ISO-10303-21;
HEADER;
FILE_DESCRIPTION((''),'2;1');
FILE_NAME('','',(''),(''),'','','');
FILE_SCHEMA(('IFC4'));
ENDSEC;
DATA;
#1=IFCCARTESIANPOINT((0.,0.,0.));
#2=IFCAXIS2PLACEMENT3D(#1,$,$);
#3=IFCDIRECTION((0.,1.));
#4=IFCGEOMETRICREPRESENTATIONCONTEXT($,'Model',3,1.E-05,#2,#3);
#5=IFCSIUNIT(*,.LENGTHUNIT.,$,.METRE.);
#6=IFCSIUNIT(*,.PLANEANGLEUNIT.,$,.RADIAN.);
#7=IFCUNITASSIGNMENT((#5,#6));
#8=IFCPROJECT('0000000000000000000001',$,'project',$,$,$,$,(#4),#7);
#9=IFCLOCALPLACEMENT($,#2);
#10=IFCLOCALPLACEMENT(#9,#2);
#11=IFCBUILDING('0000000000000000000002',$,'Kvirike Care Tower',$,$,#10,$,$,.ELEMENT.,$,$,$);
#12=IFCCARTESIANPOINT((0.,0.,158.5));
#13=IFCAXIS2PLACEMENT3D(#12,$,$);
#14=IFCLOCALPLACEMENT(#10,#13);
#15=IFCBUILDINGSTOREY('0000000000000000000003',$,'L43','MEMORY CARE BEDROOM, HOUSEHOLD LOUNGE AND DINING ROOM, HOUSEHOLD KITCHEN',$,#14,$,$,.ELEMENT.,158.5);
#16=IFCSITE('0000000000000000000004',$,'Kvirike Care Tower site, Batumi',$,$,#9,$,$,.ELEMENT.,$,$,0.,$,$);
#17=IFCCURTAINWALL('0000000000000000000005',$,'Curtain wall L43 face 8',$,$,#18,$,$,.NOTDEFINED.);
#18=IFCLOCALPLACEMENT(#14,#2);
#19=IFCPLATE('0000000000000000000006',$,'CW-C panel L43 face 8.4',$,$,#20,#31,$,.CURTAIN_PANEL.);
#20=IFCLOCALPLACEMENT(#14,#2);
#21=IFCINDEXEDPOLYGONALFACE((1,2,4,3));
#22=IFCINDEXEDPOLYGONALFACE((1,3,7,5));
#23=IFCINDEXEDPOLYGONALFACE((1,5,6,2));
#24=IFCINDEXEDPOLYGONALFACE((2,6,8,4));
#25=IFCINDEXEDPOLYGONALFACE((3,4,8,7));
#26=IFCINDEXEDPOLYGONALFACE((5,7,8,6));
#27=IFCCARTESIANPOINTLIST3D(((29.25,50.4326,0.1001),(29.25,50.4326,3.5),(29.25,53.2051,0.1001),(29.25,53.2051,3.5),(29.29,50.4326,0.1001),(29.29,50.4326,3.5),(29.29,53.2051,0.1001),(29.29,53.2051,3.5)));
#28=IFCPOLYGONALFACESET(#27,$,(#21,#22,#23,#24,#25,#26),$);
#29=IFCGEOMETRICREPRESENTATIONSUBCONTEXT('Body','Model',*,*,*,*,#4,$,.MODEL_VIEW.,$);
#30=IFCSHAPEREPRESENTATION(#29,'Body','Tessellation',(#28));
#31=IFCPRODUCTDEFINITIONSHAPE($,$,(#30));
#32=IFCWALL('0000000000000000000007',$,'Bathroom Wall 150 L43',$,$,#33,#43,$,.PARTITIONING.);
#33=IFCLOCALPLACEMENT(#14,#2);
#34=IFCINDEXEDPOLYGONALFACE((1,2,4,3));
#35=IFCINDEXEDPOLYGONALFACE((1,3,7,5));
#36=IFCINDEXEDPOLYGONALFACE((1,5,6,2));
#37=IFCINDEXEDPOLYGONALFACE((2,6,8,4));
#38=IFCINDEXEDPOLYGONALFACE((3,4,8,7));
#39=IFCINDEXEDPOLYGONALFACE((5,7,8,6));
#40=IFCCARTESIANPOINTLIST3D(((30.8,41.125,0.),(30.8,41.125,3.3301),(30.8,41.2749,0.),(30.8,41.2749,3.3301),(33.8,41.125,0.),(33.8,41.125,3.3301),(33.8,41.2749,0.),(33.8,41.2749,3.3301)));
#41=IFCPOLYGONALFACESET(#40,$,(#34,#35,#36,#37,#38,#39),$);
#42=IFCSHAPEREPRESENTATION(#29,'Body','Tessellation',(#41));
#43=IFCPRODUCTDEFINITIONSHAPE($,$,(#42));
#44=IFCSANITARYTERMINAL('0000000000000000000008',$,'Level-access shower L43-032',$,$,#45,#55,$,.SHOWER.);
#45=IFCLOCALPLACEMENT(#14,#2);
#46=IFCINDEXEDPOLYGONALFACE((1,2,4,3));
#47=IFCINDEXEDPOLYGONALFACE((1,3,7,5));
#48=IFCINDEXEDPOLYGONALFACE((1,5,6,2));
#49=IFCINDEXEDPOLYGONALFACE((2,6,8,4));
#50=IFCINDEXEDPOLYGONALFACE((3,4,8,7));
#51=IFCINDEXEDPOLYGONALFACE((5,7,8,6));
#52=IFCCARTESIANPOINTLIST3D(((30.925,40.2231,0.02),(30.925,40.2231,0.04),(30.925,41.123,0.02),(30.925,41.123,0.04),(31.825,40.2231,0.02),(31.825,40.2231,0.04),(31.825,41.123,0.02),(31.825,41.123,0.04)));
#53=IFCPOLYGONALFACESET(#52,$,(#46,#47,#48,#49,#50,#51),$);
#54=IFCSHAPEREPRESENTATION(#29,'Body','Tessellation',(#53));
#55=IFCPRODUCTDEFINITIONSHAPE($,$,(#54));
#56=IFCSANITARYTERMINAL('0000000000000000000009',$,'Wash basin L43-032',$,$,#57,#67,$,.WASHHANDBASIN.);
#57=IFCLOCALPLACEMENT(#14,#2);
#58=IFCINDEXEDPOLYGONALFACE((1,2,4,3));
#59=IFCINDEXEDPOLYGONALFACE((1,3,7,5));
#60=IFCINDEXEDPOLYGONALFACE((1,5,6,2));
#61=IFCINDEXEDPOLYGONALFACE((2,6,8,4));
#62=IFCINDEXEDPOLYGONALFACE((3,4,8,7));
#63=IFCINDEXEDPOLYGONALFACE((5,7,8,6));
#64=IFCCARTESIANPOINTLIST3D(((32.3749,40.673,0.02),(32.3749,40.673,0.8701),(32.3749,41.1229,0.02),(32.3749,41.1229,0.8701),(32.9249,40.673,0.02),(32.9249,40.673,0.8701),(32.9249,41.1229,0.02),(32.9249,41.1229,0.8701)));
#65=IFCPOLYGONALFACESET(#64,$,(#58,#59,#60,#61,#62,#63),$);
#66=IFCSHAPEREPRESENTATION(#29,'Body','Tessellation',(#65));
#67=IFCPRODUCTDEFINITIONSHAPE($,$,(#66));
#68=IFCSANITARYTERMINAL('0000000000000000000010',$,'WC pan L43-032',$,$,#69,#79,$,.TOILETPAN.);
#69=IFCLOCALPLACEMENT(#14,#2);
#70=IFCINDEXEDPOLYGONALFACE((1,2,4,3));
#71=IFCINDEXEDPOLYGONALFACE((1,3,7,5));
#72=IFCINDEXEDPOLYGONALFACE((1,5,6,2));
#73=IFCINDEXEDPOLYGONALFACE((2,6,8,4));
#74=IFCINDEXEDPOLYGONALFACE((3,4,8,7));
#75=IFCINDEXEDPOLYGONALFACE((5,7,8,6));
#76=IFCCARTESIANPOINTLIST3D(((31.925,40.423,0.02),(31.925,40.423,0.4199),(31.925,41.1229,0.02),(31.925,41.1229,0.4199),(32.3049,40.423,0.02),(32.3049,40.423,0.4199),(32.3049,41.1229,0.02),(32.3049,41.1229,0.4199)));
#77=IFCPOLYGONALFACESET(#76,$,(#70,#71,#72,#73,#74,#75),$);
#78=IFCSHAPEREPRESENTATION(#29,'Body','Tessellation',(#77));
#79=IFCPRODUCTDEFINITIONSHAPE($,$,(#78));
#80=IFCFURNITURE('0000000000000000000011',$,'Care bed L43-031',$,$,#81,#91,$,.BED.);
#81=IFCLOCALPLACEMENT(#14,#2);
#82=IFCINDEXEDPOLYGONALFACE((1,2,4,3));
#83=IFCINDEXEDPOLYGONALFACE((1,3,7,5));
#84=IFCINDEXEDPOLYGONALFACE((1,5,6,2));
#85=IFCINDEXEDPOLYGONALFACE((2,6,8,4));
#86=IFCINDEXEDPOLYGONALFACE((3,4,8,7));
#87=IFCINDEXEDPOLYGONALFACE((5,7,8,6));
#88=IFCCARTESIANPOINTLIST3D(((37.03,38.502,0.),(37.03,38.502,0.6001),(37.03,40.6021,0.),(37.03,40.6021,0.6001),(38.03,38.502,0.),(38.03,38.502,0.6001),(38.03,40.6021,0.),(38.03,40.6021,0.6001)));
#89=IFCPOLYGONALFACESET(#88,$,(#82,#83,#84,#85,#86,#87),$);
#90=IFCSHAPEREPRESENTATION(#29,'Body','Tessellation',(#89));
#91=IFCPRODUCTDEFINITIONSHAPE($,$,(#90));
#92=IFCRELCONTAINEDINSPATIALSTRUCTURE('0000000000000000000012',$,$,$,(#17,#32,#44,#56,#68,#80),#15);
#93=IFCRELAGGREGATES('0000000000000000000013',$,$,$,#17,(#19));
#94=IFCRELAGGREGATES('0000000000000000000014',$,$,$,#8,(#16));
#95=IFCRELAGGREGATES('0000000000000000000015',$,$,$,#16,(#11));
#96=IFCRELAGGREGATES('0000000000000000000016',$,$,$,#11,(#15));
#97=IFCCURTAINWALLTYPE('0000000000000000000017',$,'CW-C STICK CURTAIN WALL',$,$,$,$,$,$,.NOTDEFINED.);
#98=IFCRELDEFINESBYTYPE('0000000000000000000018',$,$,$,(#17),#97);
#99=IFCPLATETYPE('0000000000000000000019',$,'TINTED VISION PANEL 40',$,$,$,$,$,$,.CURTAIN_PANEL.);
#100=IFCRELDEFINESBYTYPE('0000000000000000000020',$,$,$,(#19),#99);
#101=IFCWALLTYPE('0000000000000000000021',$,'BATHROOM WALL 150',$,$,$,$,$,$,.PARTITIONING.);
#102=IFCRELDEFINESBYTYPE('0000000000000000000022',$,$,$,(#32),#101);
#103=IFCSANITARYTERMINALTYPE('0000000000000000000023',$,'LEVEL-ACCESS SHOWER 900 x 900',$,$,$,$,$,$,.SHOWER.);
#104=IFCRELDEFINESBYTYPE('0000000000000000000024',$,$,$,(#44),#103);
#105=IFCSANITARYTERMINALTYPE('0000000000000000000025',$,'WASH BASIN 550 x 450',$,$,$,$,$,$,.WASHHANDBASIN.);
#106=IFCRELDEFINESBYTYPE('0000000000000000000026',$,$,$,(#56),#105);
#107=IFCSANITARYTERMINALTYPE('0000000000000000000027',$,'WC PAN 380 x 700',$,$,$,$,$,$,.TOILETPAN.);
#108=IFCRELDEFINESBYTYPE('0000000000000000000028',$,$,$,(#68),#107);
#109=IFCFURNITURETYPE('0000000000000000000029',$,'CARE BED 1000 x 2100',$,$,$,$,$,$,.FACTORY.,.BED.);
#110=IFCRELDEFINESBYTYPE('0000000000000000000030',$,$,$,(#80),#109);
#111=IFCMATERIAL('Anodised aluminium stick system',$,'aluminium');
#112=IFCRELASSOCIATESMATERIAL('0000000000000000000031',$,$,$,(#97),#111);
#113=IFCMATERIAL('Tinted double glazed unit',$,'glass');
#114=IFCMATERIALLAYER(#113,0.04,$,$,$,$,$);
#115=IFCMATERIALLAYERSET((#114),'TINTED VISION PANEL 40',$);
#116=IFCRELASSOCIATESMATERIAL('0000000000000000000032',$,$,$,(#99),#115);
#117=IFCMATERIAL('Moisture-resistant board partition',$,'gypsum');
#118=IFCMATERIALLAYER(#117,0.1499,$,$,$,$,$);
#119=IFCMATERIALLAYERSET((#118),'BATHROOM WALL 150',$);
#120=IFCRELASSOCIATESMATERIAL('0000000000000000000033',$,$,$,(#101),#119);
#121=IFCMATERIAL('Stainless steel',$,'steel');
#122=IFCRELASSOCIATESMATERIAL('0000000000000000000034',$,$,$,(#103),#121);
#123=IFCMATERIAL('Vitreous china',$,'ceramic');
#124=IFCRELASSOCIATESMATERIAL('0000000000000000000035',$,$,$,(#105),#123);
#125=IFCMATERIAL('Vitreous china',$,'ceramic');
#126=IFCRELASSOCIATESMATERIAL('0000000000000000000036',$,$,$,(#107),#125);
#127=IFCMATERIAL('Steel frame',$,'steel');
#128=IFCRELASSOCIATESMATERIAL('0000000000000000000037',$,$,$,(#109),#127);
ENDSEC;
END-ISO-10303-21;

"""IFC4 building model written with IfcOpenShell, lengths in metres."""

from ifc_helpers import new_model, si_unit, direction, frame, frame_2d, origin, origin_2d, place, context, subcontext, project, spatial, rectangle, extrude, material, layer, layer_set, type_object, element, aggregate, save


model = new_model("IFC4")

# Units and contexts
model_context = context("Model", 3, precision=1e-05, world=origin(), true_north=direction((0.0, 1.0)))
body_context = subcontext(model_context, "Body", "Model", "MODEL_VIEW")
ifc_project = project(units=[si_unit("LENGTHUNIT", "METRE"), si_unit("PLANEANGLEUNIT", "RADIAN")], contexts=[model_context])

# Site, building, storey
site_placement = place(None, origin())
site = spatial("IfcSite", under=ifc_project, at=site_placement, Name="Kvirike Care Tower site, Batumi", CompositionType="ELEMENT", RefElevation=0.0)
building_placement = place(site_placement, origin())
building = spatial("IfcBuilding", under=site, at=building_placement, Name="Kvirike Care Tower", CompositionType="ELEMENT")
storey_placement = place(building_placement, frame((0.0, 0.0, 158.5)))
storey = spatial("IfcBuildingStorey", under=building, at=storey_placement, Name="L43", Description="MEMORY CARE BEDROOM, HOUSEHOLD LOUNGE AND DINING ROOM, HOUSEHOLD KITCHEN", CompositionType="ELEMENT", Elevation=158.5)

# Curtain wall
ifc_material_1 = material(Name="Anodised aluminium stick system", Category="aluminium")
curtain_wall_type = type_object("IfcCurtainWallType", Name="CW-C STICK CURTAIN WALL", PredefinedType="NOTDEFINED", material=ifc_material_1)
curtain_wall_1_placement = place(storey_placement, origin())
curtain_wall_1 = element("IfcCurtainWall", 1, at=curtain_wall_1_placement, inside=storey, type_object=curtain_wall_type, Name="Curtain wall L43 face 8", PredefinedType="NOTDEFINED")

# Plate
ifc_material_2 = material(Name="Tinted double glazed unit", Category="glass")
ifc_layer_1 = layer(ifc_material_2, 0.04)
ifc_layer_set_1 = layer_set([ifc_layer_1], Name="TINTED VISION PANEL 40")
plate_type = type_object("IfcPlateType", Name="TINTED VISION PANEL 40", PredefinedType="CURTAIN_PANEL", material=ifc_layer_set_1)
plate_1_placement = place(storey_placement, frame((29.27, 51.8188, 0.1001), z_axis=(0.0, 0.0, 1.0), x_axis=(0.0, 1.0, 0.0)))
plate_1 = element("IfcPlate", 2, at=plate_1_placement, type_object=plate_type, Name="CW-C panel L43 face 8.4", PredefinedType="CURTAIN_PANEL", context=body_context, shape_type="SweptSolid", body=[
    extrude(rectangle(XDim=2.7725, YDim=0.04, at=origin_2d()), origin(), (0.0, 0.0, 1.0), 3.3999),
])
aggregate(curtain_wall_1, [plate_1])

# Wall
ifc_material_3 = material(Name="Moisture-resistant board partition", Category="gypsum")
ifc_layer_2 = layer(ifc_material_3, 0.1499)
ifc_layer_set_2 = layer_set([ifc_layer_2], Name="BATHROOM WALL 150")
wall_type = type_object("IfcWallType", Name="BATHROOM WALL 150", PredefinedType="PARTITIONING", material=ifc_layer_set_2)
wall_placement = place(storey_placement, frame((33.8, 41.2, 0.0), z_axis=(0.0, 0.0, 1.0), x_axis=(-1.0, 0.0, 0.0)))
element("IfcWall", 3, at=wall_placement, inside=storey, type_object=wall_type, Name="Bathroom Wall 150 L43", PredefinedType="PARTITIONING", context=body_context, shape_type="SweptSolid", body=[
    extrude(rectangle(XDim=3.0, YDim=0.1499, at=frame_2d((1.5, 0.0))), origin(), (0.0, 0.0, 1.0), 3.3301),
])

# Sanitary terminals
ifc_material_4 = material(Name="Stainless steel", Category="steel")
sanitary_terminal_type_1 = type_object("IfcSanitaryTerminalType", Name="LEVEL-ACCESS SHOWER 900 x 900", PredefinedType="SHOWER", material=ifc_material_4)
sanitary_terminal_1_placement = place(storey_placement, frame((31.375, 40.6731, 0.02), z_axis=(0.0, 0.0, 1.0), x_axis=(1.0, 0.0, 0.0)))
element("IfcSanitaryTerminal", 4, at=sanitary_terminal_1_placement, inside=storey, type_object=sanitary_terminal_type_1, Name="Level-access shower L43-032", PredefinedType="SHOWER", context=body_context, shape_type="SweptSolid", body=[
    extrude(rectangle(XDim=0.8999, YDim=0.8999, at=origin_2d()), origin(), (0.0, 0.0, 1.0), 0.02),
])
ifc_material_5 = material(Name="Vitreous china", Category="ceramic")
sanitary_terminal_type_2 = type_object("IfcSanitaryTerminalType", Name="WASH BASIN 550 x 450", PredefinedType="WASHHANDBASIN", material=ifc_material_5)
sanitary_terminal_2_placement = place(storey_placement, frame((32.6499, 40.8979, 0.02), z_axis=(0.0, 0.0, 1.0), x_axis=(1.0, 0.0, 0.0)))
element("IfcSanitaryTerminal", 5, at=sanitary_terminal_2_placement, inside=storey, type_object=sanitary_terminal_type_2, Name="Wash basin L43-032", PredefinedType="WASHHANDBASIN", context=body_context, shape_type="SweptSolid", body=[
    extrude(rectangle(XDim=0.55, YDim=0.45, at=origin_2d()), origin(), (0.0, 0.0, 1.0), 0.8501),
])
ifc_material_6 = material(Name="Vitreous china", Category="ceramic")
sanitary_terminal_type_3 = type_object("IfcSanitaryTerminalType", Name="WC PAN 380 x 700", PredefinedType="TOILETPAN", material=ifc_material_6)
sanitary_terminal_3_placement = place(storey_placement, frame((32.115, 40.7729, 0.02), z_axis=(0.0, 0.0, 1.0), x_axis=(1.0, 0.0, 0.0)))
element("IfcSanitaryTerminal", 6, at=sanitary_terminal_3_placement, inside=storey, type_object=sanitary_terminal_type_3, Name="WC pan L43-032", PredefinedType="TOILETPAN", context=body_context, shape_type="SweptSolid", body=[
    extrude(rectangle(XDim=0.3799, YDim=0.7, at=origin_2d()), origin(), (0.0, 0.0, 1.0), 0.3999),
])

# Furniture
ifc_material_7 = material(Name="Steel frame", Category="steel")
furniture_type = type_object("IfcFurnitureType", Name="CARE BED 1000 x 2100", AssemblyPlace="FACTORY", PredefinedType="BED", material=ifc_material_7)
furniture_placement = place(storey_placement, frame((37.53, 39.552, 0.0), z_axis=(0.0, 0.0, 1.0), x_axis=(-1.0, 0.0, 0.0)))
element("IfcFurniture", 7, at=furniture_placement, inside=storey, type_object=furniture_type, Name="Care bed L43-031", PredefinedType="BED", context=body_context, shape_type="SweptSolid", body=[
    extrude(rectangle(XDim=1.0, YDim=2.1001, at=origin_2d()), origin(), (0.0, 0.0, 1.0), 0.6001),
])

save(model, "model.ifc")
